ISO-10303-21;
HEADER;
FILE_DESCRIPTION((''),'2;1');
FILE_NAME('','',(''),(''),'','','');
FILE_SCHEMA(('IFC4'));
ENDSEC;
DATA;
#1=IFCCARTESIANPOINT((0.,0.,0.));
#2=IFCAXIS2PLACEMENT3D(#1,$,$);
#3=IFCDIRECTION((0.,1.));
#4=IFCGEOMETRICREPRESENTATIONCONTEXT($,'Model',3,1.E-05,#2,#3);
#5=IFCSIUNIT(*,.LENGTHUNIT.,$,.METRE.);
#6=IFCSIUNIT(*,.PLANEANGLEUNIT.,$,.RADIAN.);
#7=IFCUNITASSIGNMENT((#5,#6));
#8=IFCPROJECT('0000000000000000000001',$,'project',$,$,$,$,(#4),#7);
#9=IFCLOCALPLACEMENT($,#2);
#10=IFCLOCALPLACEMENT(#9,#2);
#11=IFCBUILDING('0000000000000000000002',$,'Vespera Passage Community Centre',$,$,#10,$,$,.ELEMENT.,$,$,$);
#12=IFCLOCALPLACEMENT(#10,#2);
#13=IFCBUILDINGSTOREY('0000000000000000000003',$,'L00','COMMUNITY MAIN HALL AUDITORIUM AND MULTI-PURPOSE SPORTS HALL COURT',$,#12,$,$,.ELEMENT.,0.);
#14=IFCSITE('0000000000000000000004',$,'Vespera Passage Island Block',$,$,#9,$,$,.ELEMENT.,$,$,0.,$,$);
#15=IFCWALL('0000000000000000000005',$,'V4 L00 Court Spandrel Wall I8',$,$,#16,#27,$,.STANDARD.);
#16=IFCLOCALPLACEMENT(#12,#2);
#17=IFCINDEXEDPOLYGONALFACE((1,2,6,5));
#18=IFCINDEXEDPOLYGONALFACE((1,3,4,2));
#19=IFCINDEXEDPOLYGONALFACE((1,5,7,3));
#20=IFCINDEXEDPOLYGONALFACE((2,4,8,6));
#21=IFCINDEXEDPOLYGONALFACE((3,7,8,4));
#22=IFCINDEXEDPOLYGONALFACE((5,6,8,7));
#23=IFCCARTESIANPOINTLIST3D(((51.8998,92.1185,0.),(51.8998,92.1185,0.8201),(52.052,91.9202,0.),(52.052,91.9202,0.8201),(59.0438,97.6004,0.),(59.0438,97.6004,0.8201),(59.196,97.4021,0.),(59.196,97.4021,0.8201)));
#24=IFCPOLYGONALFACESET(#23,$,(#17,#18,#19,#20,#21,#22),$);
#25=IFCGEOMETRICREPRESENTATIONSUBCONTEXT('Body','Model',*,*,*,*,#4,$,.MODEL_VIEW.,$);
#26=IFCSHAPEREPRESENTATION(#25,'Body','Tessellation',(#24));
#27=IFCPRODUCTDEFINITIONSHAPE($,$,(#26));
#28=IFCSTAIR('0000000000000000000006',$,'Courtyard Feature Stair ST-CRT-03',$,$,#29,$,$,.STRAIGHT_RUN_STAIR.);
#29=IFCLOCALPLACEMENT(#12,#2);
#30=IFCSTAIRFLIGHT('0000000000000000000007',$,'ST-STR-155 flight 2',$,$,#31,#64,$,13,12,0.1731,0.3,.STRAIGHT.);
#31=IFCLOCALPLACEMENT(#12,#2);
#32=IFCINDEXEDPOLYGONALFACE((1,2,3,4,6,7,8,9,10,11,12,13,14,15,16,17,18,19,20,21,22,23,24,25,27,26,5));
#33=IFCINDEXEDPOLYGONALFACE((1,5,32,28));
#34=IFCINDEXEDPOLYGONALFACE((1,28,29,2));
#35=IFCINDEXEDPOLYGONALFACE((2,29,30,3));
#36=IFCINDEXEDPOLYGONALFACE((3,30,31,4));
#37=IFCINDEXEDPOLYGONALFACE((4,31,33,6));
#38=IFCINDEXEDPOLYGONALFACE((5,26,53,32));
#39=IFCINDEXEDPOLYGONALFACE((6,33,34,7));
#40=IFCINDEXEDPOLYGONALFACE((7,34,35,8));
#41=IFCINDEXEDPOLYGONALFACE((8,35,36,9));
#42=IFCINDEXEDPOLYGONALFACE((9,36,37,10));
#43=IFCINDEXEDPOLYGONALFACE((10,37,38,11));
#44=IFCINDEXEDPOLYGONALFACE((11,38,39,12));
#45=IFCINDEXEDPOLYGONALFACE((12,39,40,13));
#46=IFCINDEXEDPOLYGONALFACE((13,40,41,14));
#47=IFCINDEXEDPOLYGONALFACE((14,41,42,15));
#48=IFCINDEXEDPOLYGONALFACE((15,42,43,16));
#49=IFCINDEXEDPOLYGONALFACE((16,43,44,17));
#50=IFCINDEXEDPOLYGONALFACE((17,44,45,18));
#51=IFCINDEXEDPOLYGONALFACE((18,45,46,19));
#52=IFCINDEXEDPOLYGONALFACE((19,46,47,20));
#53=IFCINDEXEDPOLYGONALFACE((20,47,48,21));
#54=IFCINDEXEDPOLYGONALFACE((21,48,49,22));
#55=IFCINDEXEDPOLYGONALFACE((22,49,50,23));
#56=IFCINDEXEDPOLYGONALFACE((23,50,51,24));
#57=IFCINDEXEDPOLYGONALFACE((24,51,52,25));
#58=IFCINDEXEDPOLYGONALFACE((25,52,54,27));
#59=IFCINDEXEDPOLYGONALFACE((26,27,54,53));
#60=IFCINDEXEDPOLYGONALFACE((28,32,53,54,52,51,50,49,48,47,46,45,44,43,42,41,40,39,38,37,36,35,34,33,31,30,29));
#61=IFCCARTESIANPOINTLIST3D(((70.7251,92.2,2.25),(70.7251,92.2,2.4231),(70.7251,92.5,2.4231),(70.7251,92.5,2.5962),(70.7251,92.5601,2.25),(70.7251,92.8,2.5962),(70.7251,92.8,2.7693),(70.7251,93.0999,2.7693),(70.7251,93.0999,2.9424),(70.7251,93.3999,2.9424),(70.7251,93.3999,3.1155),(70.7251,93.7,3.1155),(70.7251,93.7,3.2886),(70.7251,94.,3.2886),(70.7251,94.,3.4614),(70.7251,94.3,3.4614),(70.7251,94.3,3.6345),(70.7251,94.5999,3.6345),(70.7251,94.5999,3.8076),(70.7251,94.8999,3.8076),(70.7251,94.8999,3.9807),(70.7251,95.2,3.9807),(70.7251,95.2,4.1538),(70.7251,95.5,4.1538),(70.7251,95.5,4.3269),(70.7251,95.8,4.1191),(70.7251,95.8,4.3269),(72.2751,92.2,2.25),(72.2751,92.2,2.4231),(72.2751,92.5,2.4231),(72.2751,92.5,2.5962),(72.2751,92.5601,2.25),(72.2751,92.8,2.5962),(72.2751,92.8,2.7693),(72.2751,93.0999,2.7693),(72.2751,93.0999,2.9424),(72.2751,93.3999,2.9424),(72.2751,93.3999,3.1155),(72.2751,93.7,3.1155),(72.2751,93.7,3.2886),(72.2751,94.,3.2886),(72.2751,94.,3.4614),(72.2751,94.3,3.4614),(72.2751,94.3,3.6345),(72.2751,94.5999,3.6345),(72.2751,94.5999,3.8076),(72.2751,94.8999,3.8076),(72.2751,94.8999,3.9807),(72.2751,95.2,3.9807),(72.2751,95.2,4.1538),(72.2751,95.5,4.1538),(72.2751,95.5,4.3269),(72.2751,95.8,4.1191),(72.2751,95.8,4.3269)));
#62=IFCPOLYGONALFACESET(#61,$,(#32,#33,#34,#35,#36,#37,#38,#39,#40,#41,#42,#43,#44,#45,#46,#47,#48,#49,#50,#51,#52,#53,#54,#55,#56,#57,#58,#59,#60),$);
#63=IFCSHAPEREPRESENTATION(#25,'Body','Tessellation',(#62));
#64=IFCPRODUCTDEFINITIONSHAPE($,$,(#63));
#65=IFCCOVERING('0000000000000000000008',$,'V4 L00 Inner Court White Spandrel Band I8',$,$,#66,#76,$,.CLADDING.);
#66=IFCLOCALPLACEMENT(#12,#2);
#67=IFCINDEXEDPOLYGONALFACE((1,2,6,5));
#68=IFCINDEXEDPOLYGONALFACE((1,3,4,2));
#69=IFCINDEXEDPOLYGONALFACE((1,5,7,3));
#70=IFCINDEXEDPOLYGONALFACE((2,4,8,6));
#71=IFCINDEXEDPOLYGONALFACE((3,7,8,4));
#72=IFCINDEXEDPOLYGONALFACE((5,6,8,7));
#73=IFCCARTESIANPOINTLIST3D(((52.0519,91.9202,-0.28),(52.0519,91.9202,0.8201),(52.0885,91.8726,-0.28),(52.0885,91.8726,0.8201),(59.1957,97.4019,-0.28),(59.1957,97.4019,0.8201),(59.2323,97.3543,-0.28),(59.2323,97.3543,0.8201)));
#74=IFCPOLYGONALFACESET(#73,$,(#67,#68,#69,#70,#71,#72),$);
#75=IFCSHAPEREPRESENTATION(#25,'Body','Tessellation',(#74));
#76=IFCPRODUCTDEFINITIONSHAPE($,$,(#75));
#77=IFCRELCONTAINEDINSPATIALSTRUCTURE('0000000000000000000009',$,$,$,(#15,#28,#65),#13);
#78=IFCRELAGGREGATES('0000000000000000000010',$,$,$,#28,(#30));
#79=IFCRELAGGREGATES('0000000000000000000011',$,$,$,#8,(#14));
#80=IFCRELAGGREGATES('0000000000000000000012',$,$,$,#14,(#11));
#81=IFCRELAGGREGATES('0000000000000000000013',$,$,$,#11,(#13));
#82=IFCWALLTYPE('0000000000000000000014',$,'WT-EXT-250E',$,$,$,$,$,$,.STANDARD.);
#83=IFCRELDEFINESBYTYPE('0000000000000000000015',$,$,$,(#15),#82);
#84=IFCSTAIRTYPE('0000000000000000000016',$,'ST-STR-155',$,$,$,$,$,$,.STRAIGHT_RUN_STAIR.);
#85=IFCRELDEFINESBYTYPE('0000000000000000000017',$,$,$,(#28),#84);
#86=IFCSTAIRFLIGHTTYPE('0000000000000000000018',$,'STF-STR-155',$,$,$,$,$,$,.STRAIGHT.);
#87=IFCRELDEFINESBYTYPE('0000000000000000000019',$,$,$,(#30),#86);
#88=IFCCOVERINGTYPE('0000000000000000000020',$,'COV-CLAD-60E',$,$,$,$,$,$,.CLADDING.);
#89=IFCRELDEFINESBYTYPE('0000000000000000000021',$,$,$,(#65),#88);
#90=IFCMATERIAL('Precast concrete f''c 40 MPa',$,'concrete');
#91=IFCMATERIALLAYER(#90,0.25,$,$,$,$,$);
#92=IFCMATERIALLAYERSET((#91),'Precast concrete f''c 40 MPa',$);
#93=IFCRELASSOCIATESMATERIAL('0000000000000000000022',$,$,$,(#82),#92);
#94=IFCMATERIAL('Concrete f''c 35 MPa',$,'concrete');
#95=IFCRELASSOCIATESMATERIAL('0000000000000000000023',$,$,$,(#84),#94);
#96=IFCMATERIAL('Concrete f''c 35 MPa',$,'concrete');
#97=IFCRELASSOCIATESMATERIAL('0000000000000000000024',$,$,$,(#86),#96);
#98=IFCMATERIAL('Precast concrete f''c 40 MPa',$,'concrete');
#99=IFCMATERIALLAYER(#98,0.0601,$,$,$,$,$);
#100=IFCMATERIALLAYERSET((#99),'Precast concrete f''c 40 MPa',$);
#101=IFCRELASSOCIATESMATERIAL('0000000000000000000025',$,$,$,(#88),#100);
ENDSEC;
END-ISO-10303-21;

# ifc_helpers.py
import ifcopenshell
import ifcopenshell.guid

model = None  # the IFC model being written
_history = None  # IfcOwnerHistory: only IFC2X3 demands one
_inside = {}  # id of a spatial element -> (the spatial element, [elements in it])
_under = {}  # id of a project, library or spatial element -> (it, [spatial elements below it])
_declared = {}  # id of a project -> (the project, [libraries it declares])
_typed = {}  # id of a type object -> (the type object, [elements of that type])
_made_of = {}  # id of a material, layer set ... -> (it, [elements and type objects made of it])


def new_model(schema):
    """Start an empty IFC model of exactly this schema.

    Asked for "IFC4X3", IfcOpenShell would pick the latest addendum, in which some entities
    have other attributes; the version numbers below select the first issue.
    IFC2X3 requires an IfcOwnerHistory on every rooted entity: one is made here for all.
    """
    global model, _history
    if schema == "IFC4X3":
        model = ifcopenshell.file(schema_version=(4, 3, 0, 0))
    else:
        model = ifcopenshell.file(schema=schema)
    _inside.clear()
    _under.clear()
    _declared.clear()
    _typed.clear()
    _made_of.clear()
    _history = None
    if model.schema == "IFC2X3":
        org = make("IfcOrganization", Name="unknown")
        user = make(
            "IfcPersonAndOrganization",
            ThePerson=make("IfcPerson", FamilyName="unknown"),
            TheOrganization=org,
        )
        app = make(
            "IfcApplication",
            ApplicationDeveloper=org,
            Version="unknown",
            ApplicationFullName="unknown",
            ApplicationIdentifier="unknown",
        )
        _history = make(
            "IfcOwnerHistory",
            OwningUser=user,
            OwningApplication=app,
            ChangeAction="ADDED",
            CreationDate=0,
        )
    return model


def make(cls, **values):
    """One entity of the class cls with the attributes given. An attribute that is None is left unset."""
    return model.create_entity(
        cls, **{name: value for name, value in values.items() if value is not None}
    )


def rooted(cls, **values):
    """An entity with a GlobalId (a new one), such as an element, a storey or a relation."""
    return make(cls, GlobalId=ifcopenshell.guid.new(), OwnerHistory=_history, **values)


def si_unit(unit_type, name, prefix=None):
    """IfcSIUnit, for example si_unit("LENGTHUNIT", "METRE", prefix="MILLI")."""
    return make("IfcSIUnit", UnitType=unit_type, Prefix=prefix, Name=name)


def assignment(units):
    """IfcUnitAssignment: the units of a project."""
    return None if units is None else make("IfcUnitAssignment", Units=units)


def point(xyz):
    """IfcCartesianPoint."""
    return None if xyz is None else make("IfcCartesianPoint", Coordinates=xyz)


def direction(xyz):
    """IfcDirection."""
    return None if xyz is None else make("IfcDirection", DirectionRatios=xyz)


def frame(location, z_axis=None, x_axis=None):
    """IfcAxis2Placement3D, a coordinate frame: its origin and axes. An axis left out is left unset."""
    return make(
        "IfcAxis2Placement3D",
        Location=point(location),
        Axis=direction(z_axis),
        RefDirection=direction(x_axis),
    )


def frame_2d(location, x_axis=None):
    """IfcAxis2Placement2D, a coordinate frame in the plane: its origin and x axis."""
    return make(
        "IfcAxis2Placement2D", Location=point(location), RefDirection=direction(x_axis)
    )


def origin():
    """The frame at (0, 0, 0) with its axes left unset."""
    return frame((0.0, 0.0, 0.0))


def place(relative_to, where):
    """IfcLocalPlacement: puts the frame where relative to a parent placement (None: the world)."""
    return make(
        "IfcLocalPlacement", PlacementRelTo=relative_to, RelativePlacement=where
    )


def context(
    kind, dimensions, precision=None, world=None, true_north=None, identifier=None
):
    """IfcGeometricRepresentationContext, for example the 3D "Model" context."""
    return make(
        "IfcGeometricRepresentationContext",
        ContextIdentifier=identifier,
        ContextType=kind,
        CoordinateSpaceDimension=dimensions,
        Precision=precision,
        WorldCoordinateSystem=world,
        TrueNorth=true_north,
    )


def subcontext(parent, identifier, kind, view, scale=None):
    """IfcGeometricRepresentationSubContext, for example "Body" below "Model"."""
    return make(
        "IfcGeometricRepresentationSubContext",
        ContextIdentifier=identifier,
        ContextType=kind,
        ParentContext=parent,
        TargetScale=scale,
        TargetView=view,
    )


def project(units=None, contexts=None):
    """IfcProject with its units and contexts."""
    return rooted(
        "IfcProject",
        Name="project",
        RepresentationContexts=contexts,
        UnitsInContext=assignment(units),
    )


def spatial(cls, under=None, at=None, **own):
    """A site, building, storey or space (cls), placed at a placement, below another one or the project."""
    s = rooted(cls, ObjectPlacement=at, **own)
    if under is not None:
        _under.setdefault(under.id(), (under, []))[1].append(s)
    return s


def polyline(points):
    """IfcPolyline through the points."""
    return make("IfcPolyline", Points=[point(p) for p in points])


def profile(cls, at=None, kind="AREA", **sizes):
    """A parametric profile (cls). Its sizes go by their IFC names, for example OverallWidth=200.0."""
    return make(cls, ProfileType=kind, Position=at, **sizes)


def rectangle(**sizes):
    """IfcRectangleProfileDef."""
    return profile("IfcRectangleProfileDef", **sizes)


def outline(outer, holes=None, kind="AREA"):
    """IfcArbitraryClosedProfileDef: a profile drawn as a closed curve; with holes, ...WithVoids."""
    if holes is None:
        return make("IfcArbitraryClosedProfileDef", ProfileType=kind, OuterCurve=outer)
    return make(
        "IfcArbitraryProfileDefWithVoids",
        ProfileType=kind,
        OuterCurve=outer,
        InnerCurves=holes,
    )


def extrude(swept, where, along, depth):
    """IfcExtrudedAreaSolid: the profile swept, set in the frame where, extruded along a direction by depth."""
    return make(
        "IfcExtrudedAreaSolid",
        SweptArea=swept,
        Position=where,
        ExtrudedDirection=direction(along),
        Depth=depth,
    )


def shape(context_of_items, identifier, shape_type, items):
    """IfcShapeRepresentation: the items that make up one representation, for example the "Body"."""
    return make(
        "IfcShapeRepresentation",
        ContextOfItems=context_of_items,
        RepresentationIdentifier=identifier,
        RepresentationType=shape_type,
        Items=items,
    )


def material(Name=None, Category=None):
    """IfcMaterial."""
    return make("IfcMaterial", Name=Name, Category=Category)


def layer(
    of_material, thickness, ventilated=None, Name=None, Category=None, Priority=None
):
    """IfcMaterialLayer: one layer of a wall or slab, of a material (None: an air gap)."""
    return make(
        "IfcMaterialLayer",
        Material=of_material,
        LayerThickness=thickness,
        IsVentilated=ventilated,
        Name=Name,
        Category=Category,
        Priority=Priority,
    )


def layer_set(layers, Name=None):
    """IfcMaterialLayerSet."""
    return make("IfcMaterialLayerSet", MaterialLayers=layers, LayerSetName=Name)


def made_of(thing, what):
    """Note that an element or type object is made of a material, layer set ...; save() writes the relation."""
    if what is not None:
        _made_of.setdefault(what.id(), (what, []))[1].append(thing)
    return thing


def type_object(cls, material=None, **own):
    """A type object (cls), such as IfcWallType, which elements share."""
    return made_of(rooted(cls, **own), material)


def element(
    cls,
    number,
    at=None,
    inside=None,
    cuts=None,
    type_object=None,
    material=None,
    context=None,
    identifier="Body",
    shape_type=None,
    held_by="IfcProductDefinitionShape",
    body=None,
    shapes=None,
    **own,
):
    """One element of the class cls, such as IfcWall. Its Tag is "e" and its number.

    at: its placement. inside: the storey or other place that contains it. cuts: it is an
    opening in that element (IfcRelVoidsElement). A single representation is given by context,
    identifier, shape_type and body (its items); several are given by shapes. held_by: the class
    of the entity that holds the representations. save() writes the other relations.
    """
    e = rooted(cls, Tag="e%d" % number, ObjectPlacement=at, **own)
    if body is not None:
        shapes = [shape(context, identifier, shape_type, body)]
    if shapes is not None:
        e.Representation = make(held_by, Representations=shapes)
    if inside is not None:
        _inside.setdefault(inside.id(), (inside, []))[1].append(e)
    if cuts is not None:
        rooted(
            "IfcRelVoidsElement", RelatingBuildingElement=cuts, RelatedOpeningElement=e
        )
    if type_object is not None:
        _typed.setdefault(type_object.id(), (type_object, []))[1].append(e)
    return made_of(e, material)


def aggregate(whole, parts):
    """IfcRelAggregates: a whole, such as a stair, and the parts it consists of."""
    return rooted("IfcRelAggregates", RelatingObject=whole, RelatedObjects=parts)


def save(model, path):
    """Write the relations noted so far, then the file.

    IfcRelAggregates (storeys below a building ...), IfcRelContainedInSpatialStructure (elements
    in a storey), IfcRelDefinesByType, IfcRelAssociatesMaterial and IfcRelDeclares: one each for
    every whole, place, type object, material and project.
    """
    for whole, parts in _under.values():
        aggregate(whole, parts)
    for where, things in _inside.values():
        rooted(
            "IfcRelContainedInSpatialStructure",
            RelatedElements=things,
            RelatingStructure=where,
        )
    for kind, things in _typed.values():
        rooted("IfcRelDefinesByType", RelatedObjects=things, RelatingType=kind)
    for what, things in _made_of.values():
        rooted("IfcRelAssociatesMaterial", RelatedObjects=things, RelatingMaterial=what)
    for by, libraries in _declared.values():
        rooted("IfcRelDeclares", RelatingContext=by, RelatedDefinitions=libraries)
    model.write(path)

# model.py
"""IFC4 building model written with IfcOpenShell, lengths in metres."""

from ifc_helpers import new_model, si_unit, direction, frame, frame_2d, origin, place, context, subcontext, project, spatial, polyline, rectangle, outline, extrude, material, layer, layer_set, type_object, element, aggregate, save


model = new_model("IFC4")

# Units and contexts
model_context = context("Model", 3, precision=1e-05, world=origin(), true_north=direction((0.0, 1.0)))
body_context = subcontext(model_context, "Body", "Model", "MODEL_VIEW")
ifc_project = project(units=[si_unit("LENGTHUNIT", "METRE"), si_unit("PLANEANGLEUNIT", "RADIAN")], contexts=[model_context])

# Site, building, storey
site_placement = place(None, origin())
site = spatial("IfcSite", under=ifc_project, at=site_placement, Name="Vespera Passage Island Block", CompositionType="ELEMENT", RefElevation=0.0)
building_placement = place(site_placement, origin())
building = spatial("IfcBuilding", under=site, at=building_placement, Name="Vespera Passage Community Centre", CompositionType="ELEMENT")
storey_placement = place(building_placement, origin())
storey = spatial("IfcBuildingStorey", under=building, at=storey_placement, Name="L00", Description="COMMUNITY MAIN HALL AUDITORIUM AND MULTI-PURPOSE SPORTS HALL COURT", CompositionType="ELEMENT", Elevation=0.0)

# Wall
ifc_material_1 = material(Name="Precast concrete f'c 40 MPa", Category="concrete")
ifc_layer_1 = layer(ifc_material_1, 0.25)
ifc_layer_set_1 = layer_set([ifc_layer_1], Name="Precast concrete f'c 40 MPa")
wall_type = type_object("IfcWallType", Name="WT-EXT-250E", PredefinedType="STANDARD", material=ifc_layer_set_1)
wall_placement = place(storey_placement, frame((59.1199, 97.5012, 0.0), z_axis=(0.0, 0.0, 1.0), x_axis=(-0.793347, -0.60877, 0.0)))
element("IfcWall", 1, at=wall_placement, inside=storey, type_object=wall_type, Name="V4 L00 Court Spandrel Wall I8", PredefinedType="STANDARD", context=body_context, shape_type="SweptSolid", body=[
    extrude(rectangle(XDim=9.0049, YDim=0.25, at=frame_2d((4.5024, 0.0))), origin(), (0.0, 0.0, 1.0), 0.8201),
])

# Stair, stair flight
ifc_material_2 = material(Name="Concrete f'c 35 MPa", Category="concrete")
stair_type = type_object("IfcStairType", Name="ST-STR-155", PredefinedType="STRAIGHT_RUN_STAIR", material=ifc_material_2)
stair_placement = place(storey_placement, origin())
stair = element("IfcStair", 2, at=stair_placement, inside=storey, type_object=stair_type, Name="Courtyard Feature Stair ST-CRT-03", PredefinedType="STRAIGHT_RUN_STAIR")
ifc_material_3 = material(Name="Concrete f'c 35 MPa", Category="concrete")
stair_flight_type = type_object("IfcStairFlightType", Name="STF-STR-155", PredefinedType="STRAIGHT", material=ifc_material_3)
stair_flight_placement = place(storey_placement, frame((71.5, 92.2, 2.25), z_axis=(0.0, 0.0, 1.0), x_axis=(0.0, 1.0, 0.0)))
stair_flight = element("IfcStairFlight", 3, at=stair_flight_placement, type_object=stair_flight_type, Name="ST-STR-155 flight 2", NumberOfRisers=13, NumberOfTreads=12, PredefinedType="STRAIGHT", RiserHeight=0.1731, TreadLength=0.3, context=body_context, shape_type="SweptSolid", body=[
    extrude(outline(polyline([(0.0, 0.0), (0.0, 0.1731), (0.3, 0.1731), (0.3, 0.3462), (0.6001, 0.3462), (0.6001, 0.5193), (0.8999, 0.5193), (0.8999, 0.6924), (1.2, 0.6924), (1.2, 0.8655), (1.5, 0.8655), (1.5, 1.0386), (1.8, 1.0386), (1.8, 1.2114), (2.1001, 1.2114), (2.1001, 1.3845), (2.3999, 1.3845), (2.3999, 1.5576), (2.7, 1.5576), (2.7, 1.7307), (3.0, 1.7307), (3.0, 1.9038), (3.3, 1.9038), (3.3, 2.0769), (3.6001, 2.0769), (3.6001, 2.25), (3.6001, 1.8691), (0.3601, 0.0), (0.0, 0.0)])), frame((0.0, 0.7749, 0.0), z_axis=(0.0, -1.0, 0.0), x_axis=(1.0, 0.0, 0.0)), (0.0, 0.0, 1.0), 1.55),
])
aggregate(stair, [stair_flight])

# Covering
ifc_material_4 = material(Name="Precast concrete f'c 40 MPa", Category="concrete")
ifc_layer_2 = layer(ifc_material_4, 0.0601)
ifc_layer_set_2 = layer_set([ifc_layer_2], Name="Precast concrete f'c 40 MPa")
covering_type = type_object("IfcCoveringType", Name="COV-CLAD-60E", PredefinedType="CLADDING", material=ifc_layer_set_2)
covering_placement = place(storey_placement, frame((59.2141, 97.3782, -0.28), z_axis=(0.0, 0.0, 1.0), x_axis=(-0.79335, -0.608766, 0.0)))
element("IfcCovering", 4, at=covering_placement, inside=storey, type_object=covering_type, Name="V4 L00 Inner Court White Spandrel Band I8", PredefinedType="CLADDING", context=body_context, shape_type="SweptSolid", body=[
    extrude(rectangle(XDim=9.0046, YDim=0.0601, at=frame_2d((4.5024, 0.0))), origin(), (0.0, 0.0, 1.0), 1.1001),
])

save(model, "model.ifc")
